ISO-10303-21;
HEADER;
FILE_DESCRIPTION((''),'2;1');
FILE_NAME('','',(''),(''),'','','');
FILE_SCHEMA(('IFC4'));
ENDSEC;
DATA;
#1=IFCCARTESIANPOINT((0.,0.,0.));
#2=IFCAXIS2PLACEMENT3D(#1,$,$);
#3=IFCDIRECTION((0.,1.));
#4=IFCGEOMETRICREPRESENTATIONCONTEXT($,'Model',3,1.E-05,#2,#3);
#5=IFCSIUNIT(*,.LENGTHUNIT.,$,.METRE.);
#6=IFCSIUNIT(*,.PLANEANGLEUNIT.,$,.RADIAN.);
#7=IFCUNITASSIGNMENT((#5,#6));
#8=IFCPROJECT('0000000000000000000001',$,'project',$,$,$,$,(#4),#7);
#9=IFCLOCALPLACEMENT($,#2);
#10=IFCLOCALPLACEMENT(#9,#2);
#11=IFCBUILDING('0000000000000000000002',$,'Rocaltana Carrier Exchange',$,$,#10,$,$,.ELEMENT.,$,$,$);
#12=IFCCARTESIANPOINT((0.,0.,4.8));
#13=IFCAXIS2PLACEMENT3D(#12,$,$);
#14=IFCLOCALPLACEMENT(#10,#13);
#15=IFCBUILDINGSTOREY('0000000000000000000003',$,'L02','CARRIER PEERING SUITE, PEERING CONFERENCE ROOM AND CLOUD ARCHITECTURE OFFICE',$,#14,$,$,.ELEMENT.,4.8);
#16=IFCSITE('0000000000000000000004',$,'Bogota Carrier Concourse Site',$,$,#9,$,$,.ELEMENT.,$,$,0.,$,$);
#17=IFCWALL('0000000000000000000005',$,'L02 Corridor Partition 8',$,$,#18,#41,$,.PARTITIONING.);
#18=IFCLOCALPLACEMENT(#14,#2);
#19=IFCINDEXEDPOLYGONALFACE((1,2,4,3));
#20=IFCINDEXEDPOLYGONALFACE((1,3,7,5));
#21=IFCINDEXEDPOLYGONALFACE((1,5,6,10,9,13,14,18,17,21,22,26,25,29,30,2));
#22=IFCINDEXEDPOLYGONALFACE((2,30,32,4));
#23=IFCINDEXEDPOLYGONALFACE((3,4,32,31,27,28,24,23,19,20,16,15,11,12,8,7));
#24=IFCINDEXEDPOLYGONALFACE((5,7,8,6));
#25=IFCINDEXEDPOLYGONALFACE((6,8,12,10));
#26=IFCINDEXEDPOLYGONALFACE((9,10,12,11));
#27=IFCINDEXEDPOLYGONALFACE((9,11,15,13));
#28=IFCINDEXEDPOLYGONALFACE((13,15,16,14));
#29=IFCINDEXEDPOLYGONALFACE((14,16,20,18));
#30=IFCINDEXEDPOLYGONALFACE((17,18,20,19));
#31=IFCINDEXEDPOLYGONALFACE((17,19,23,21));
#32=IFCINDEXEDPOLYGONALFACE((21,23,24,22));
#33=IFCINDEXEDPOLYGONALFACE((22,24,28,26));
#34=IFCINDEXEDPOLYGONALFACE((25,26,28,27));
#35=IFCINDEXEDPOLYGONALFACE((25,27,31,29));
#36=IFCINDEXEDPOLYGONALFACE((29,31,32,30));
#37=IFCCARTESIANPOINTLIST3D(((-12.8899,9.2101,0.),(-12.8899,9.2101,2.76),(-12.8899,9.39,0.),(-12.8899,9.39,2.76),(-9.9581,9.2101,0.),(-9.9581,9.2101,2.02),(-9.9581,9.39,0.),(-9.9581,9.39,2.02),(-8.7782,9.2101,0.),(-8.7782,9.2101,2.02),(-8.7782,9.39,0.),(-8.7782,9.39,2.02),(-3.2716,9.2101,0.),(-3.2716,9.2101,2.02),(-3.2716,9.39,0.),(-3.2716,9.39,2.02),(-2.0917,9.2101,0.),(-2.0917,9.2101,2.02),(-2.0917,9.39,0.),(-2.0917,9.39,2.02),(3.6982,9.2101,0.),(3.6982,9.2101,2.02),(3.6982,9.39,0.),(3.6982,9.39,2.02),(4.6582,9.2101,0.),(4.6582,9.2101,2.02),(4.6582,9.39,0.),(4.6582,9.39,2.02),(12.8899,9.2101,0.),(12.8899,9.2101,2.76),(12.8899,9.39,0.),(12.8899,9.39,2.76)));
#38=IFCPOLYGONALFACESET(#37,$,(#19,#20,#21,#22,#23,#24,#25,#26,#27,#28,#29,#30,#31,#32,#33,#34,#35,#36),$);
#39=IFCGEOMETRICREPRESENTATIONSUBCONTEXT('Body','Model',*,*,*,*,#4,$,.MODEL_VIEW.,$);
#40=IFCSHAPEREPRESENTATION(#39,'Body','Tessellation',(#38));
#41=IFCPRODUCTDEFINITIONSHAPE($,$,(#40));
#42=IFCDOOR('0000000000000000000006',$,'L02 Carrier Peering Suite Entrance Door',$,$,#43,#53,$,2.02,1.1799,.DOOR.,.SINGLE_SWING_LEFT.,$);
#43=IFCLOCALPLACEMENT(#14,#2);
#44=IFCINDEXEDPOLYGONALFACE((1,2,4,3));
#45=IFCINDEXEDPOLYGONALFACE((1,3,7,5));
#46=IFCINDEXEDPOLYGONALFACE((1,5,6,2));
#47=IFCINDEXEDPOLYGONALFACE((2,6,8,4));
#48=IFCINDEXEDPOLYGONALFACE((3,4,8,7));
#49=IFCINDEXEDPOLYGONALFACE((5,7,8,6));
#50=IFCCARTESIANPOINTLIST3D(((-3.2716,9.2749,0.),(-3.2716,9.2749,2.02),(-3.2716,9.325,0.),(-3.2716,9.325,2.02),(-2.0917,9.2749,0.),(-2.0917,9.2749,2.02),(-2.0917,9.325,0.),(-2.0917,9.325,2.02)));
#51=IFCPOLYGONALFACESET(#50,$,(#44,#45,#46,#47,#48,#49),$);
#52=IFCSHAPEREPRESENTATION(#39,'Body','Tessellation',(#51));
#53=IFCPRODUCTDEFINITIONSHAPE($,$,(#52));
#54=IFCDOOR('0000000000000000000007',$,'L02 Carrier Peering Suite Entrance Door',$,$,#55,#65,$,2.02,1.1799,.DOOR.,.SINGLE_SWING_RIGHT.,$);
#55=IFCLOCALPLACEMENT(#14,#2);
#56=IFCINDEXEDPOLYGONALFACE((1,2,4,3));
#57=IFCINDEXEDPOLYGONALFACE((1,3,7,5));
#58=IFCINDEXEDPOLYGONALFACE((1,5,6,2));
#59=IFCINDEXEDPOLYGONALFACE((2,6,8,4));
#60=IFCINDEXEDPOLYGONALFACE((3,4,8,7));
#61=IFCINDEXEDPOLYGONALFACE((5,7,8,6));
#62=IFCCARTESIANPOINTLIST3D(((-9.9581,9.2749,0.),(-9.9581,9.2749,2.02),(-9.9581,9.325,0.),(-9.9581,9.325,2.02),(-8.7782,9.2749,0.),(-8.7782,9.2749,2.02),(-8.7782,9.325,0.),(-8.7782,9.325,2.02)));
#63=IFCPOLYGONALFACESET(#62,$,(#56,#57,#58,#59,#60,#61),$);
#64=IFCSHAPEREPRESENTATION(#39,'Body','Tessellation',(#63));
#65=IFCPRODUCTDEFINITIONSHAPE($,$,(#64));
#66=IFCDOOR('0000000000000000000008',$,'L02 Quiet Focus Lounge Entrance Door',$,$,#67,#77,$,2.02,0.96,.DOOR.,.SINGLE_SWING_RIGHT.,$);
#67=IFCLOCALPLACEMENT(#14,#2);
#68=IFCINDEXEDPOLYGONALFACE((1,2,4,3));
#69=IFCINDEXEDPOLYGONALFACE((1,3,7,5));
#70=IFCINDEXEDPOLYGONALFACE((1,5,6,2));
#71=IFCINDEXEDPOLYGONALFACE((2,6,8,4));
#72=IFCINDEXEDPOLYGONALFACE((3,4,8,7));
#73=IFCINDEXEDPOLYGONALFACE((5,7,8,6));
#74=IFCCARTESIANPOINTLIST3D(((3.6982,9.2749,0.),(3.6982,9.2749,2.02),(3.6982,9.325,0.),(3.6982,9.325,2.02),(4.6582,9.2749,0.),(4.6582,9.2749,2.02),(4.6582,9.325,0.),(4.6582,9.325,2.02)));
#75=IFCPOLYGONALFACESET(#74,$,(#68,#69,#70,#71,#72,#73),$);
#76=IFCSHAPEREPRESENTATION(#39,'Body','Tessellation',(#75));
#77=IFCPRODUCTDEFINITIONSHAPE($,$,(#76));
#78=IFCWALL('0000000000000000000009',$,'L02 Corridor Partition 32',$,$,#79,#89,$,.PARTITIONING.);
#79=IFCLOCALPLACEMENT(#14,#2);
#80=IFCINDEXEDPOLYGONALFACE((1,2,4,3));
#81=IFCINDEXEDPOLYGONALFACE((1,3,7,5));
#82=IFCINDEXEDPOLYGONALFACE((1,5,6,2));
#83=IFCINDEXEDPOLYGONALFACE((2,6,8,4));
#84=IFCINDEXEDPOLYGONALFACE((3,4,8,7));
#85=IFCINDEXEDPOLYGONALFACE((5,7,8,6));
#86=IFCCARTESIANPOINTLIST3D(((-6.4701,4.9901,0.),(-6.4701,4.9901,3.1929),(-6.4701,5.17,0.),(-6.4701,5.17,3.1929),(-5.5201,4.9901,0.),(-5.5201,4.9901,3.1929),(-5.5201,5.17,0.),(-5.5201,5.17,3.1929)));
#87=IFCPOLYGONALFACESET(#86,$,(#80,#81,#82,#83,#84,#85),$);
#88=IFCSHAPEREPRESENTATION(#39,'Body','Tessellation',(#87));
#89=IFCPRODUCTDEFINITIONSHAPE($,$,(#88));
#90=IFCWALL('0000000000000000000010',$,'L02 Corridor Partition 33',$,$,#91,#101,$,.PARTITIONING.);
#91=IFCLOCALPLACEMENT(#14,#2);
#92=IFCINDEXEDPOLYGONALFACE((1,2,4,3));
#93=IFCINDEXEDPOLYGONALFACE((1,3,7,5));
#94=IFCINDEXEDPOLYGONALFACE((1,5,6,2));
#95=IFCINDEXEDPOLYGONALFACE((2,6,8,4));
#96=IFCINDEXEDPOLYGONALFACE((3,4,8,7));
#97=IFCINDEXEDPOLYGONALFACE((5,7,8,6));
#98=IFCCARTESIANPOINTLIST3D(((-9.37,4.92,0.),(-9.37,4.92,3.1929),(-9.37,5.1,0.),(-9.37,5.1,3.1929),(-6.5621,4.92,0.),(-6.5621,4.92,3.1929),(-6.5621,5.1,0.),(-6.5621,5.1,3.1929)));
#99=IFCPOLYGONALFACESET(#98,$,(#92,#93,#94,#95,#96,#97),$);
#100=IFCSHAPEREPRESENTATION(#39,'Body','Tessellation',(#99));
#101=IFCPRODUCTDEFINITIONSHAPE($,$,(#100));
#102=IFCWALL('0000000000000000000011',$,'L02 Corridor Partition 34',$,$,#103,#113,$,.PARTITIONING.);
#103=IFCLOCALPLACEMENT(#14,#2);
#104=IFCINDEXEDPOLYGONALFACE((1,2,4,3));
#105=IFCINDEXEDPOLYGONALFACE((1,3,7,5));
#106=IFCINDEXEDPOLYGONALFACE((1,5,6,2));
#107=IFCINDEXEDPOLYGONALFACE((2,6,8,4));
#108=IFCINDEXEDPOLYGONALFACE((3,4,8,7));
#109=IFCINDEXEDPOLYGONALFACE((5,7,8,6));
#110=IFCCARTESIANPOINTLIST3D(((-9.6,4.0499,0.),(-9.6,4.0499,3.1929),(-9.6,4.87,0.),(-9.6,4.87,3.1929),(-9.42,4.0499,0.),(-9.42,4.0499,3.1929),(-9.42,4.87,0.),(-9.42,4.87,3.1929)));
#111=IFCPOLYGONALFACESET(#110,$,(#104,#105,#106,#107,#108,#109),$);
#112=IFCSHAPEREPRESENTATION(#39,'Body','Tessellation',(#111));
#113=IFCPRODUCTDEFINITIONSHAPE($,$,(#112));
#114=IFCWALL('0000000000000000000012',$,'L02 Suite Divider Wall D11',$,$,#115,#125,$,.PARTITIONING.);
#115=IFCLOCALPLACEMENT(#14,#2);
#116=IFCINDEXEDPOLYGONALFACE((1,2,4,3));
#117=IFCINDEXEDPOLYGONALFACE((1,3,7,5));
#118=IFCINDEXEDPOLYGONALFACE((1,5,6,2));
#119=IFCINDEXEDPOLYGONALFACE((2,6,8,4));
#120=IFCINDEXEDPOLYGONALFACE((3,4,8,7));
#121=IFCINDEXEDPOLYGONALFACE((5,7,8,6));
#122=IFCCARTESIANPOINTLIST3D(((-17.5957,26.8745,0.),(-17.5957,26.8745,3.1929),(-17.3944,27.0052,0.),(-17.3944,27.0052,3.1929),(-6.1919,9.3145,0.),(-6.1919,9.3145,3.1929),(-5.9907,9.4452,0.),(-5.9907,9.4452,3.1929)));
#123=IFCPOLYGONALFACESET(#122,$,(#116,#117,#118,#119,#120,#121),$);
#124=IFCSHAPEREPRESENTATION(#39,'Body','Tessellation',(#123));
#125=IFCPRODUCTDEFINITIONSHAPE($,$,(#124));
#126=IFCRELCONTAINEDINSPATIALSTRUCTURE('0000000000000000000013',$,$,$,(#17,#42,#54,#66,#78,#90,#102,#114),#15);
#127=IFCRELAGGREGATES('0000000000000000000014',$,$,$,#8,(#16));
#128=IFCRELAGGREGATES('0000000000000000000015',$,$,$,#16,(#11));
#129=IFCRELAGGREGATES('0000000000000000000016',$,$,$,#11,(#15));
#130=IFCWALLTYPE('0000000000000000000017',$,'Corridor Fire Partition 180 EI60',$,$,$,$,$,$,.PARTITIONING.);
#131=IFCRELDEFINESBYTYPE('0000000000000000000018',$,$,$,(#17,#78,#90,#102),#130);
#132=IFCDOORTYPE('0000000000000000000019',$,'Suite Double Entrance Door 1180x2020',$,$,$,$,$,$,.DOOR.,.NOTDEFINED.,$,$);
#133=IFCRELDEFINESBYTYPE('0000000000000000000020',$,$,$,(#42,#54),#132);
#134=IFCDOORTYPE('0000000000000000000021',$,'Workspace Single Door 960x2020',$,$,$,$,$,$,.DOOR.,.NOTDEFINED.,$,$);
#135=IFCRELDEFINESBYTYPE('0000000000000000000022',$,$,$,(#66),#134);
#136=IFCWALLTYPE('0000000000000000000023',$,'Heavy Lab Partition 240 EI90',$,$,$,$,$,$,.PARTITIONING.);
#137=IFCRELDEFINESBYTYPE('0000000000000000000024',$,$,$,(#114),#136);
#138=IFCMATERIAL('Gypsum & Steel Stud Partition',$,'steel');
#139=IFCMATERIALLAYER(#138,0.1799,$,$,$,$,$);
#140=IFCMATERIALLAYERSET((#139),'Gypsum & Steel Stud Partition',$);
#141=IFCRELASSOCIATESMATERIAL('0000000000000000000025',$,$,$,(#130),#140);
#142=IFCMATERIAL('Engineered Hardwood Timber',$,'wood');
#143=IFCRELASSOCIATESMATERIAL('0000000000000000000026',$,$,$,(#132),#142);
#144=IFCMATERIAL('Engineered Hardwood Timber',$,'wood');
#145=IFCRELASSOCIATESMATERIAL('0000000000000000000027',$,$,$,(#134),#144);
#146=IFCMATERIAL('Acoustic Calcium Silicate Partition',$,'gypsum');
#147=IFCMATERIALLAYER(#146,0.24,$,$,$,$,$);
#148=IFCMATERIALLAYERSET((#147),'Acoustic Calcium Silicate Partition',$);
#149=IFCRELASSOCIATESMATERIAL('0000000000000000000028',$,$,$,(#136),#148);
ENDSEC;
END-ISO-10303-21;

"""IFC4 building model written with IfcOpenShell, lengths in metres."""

from ifc_helpers import new_model, si_unit, direction, frame, frame_2d, origin, place, context, subcontext, project, spatial, rectangle, extrude, material, layer, layer_set, type_object, element, fill, save


model = new_model("IFC4")

# Units and contexts
model_context = context("Model", 3, precision=1e-05, world=origin(), true_north=direction((0.0, 1.0)))
body_context = subcontext(model_context, "Body", "Model", "MODEL_VIEW")
ifc_project = project(units=[si_unit("LENGTHUNIT", "METRE"), si_unit("PLANEANGLEUNIT", "RADIAN")], contexts=[model_context])

# Site, building, storey
site_placement = place(None, origin())
site = spatial("IfcSite", under=ifc_project, at=site_placement, Name="Bogota Carrier Concourse Site", CompositionType="ELEMENT", RefElevation=0.0)
building_placement = place(site_placement, origin())
building = spatial("IfcBuilding", under=site, at=building_placement, Name="Rocaltana Carrier Exchange", CompositionType="ELEMENT")
storey_placement = place(building_placement, frame((0.0, 0.0, 4.8)))
storey = spatial("IfcBuildingStorey", under=building, at=storey_placement, Name="L02", Description="CARRIER PEERING SUITE, PEERING CONFERENCE ROOM AND CLOUD ARCHITECTURE OFFICE", CompositionType="ELEMENT", Elevation=4.8)

# Wall, openings, doors
ifc_material_1 = material(Name="Gypsum & Steel Stud Partition", Category="steel")
ifc_layer_1 = layer(ifc_material_1, 0.1799)
ifc_layer_set_1 = layer_set([ifc_layer_1], Name="Gypsum & Steel Stud Partition")
wall_type_1 = type_object("IfcWallType", Name="Corridor Fire Partition 180 EI60", PredefinedType="PARTITIONING", material=ifc_layer_set_1)
wall_1_placement = place(storey_placement, frame((-12.8899, 9.3, 0.0), z_axis=(0.0, 0.0, 1.0), x_axis=(1.0, 0.0, 0.0)))
wall_1 = element("IfcWall", 1, at=wall_1_placement, inside=storey, type_object=wall_type_1, Name="L02 Corridor Partition 8", PredefinedType="PARTITIONING", context=body_context, shape_type="SweptSolid", body=[
    extrude(rectangle(XDim=25.7798, YDim=0.1799, at=frame_2d((12.8899, 0.0))), origin(), (0.0, 0.0, 1.0), 2.76),
])
opening_1_placement = place(wall_1_placement, frame((16.5881, 0.0, 0.0)))
opening_1 = element("IfcOpeningElement", 2, at=opening_1_placement, cuts=wall_1, PredefinedType="OPENING", context=body_context, shape_type="SweptSolid", body=[
    extrude(rectangle(XDim=0.96, YDim=2.02, at=frame_2d((0.48, 1.01))), frame((0.0, 0.0999, 0.0), z_axis=(0.0, -1.0, 0.0), x_axis=(1.0, 0.0, 0.0)), (0.0, 0.0, 1.0), 0.2),
])
opening_2_placement = place(wall_1_placement, frame((9.6184, 0.0, 0.0)))
opening_2 = element("IfcOpeningElement", 3, at=opening_2_placement, cuts=wall_1, PredefinedType="OPENING", context=body_context, shape_type="SweptSolid", body=[
    extrude(rectangle(XDim=1.1799, YDim=2.02, at=frame_2d((0.5898, 1.01))), frame((0.0, 0.0999, 0.0), z_axis=(0.0, -1.0, 0.0), x_axis=(1.0, 0.0, 0.0)), (0.0, 0.0, 1.0), 0.2),
])
opening_3_placement = place(wall_1_placement, frame((2.9319, 0.0, 0.0)))
opening_3 = element("IfcOpeningElement", 4, at=opening_3_placement, cuts=wall_1, PredefinedType="OPENING", context=body_context, shape_type="SweptSolid", body=[
    extrude(rectangle(XDim=1.1799, YDim=2.02, at=frame_2d((0.5898, 1.01))), frame((0.0, 0.0999, 0.0), z_axis=(0.0, -1.0, 0.0), x_axis=(1.0, 0.0, 0.0)), (0.0, 0.0, 1.0), 0.2),
])
ifc_material_2 = material(Name="Engineered Hardwood Timber", Category="wood")
door_type_1 = type_object("IfcDoorType", Name="Suite Double Entrance Door 1180x2020", OperationType="NOTDEFINED", PredefinedType="DOOR", material=ifc_material_2)
door_1_placement = place(opening_2_placement, origin())
door_1 = element("IfcDoor", 5, at=door_1_placement, inside=storey, type_object=door_type_1, Name="L02 Carrier Peering Suite Entrance Door", OperationType="SINGLE_SWING_LEFT", OverallHeight=2.02, OverallWidth=1.1799, PredefinedType="DOOR", context=body_context, shape_type="SweptSolid", body=[
    extrude(rectangle(XDim=1.1799, YDim=2.02, at=frame_2d((0.5898, 1.01))), frame((0.0, 0.0249, 0.0), z_axis=(0.0, -1.0, 0.0), x_axis=(1.0, 0.0, 0.0)), (0.0, 0.0, 1.0), 0.05),
])
fill(opening_2, door_1)
door_2_placement = place(opening_3_placement, origin())
door_2 = element("IfcDoor", 6, at=door_2_placement, inside=storey, type_object=door_type_1, Name="L02 Carrier Peering Suite Entrance Door", OperationType="SINGLE_SWING_RIGHT", OverallHeight=2.02, OverallWidth=1.1799, PredefinedType="DOOR", context=body_context, shape_type="SweptSolid", body=[
    extrude(rectangle(XDim=1.1799, YDim=2.02, at=frame_2d((0.5898, 1.01))), frame((0.0, 0.0249, 0.0), z_axis=(0.0, -1.0, 0.0), x_axis=(1.0, 0.0, 0.0)), (0.0, 0.0, 1.0), 0.05),
])
fill(opening_3, door_2)
ifc_material_3 = material(Name="Engineered Hardwood Timber", Category="wood")
door_type_2 = type_object("IfcDoorType", Name="Workspace Single Door 960x2020", OperationType="NOTDEFINED", PredefinedType="DOOR", material=ifc_material_3)
door_3_placement = place(opening_1_placement, origin())
door_3 = element("IfcDoor", 7, at=door_3_placement, inside=storey, type_object=door_type_2, Name="L02 Quiet Focus Lounge Entrance Door", OperationType="SINGLE_SWING_RIGHT", OverallHeight=2.02, OverallWidth=0.96, PredefinedType="DOOR", context=body_context, shape_type="SweptSolid", body=[
    extrude(rectangle(XDim=0.96, YDim=2.02, at=frame_2d((0.48, 1.01))), frame((0.0, 0.0249, 0.0), z_axis=(0.0, -1.0, 0.0), x_axis=(1.0, 0.0, 0.0)), (0.0, 0.0, 1.0), 0.05),
])
fill(opening_1, door_3)

# Walls
wall_2_placement = place(storey_placement, frame((-5.52, 5.0801, 0.0), z_axis=(0.0, 0.0, 1.0), x_axis=(-1.0, 0.0, 0.0)))
element("IfcWall", 8, at=wall_2_placement, inside=storey, type_object=wall_type_1, Name="L02 Corridor Partition 32", PredefinedType="PARTITIONING", context=body_context, shape_type="SweptSolid", body=[
    extrude(rectangle(XDim=0.95, YDim=0.1799, at=frame_2d((0.4751, 0.0))), origin(), (0.0, 0.0, 1.0), 3.1929),
])
wall_3_placement = place(storey_placement, frame((-6.5623, 5.01, 0.0), z_axis=(0.0, 0.0, 1.0), x_axis=(-1.0, 0.0, 0.0)))
element("IfcWall", 9, at=wall_3_placement, inside=storey, type_object=wall_type_1, Name="L02 Corridor Partition 33", PredefinedType="PARTITIONING", context=body_context, shape_type="SweptSolid", body=[
    extrude(rectangle(XDim=2.8079, YDim=0.1799, at=frame_2d((1.4038, 0.0))), origin(), (0.0, 0.0, 1.0), 3.1929),
])
wall_4_placement = place(storey_placement, frame((-9.51, 4.8701, 0.0), z_axis=(0.0, 0.0, 1.0), x_axis=(0.0, -1.0, 0.0)))
element("IfcWall", 10, at=wall_4_placement, inside=storey, type_object=wall_type_1, Name="L02 Corridor Partition 34", PredefinedType="PARTITIONING", context=body_context, shape_type="SweptSolid", body=[
    extrude(rectangle(XDim=0.8201, YDim=0.1799, at=frame_2d((0.4102, 0.0))), origin(), (0.0, 0.0, 1.0), 3.1929),
])
ifc_material_4 = material(Name="Acoustic Calcium Silicate Partition", Category="gypsum")
ifc_layer_2 = layer(ifc_material_4, 0.24)
ifc_layer_set_2 = layer_set([ifc_layer_2], Name="Acoustic Calcium Silicate Partition")
wall_type_2 = type_object("IfcWallType", Name="Heavy Lab Partition 240 EI90", PredefinedType="PARTITIONING", material=ifc_layer_set_2)
wall_5_placement = place(storey_placement, frame((-6.0913, 9.3799, 0.0), z_axis=(0.0, 0.0, 1.0), x_axis=(-0.544645, 0.838667, 0.0)))
element("IfcWall", 11, at=wall_5_placement, inside=storey, type_object=wall_type_2, Name="L02 Suite Divider Wall D11", PredefinedType="PARTITIONING", context=body_context, shape_type="SweptSolid", body=[
    extrude(rectangle(XDim=20.938, YDim=0.24, at=frame_2d((10.469, 0.0))), origin(), (0.0, 0.0, 1.0), 3.1929),
])

save(model, "model.ifc")
